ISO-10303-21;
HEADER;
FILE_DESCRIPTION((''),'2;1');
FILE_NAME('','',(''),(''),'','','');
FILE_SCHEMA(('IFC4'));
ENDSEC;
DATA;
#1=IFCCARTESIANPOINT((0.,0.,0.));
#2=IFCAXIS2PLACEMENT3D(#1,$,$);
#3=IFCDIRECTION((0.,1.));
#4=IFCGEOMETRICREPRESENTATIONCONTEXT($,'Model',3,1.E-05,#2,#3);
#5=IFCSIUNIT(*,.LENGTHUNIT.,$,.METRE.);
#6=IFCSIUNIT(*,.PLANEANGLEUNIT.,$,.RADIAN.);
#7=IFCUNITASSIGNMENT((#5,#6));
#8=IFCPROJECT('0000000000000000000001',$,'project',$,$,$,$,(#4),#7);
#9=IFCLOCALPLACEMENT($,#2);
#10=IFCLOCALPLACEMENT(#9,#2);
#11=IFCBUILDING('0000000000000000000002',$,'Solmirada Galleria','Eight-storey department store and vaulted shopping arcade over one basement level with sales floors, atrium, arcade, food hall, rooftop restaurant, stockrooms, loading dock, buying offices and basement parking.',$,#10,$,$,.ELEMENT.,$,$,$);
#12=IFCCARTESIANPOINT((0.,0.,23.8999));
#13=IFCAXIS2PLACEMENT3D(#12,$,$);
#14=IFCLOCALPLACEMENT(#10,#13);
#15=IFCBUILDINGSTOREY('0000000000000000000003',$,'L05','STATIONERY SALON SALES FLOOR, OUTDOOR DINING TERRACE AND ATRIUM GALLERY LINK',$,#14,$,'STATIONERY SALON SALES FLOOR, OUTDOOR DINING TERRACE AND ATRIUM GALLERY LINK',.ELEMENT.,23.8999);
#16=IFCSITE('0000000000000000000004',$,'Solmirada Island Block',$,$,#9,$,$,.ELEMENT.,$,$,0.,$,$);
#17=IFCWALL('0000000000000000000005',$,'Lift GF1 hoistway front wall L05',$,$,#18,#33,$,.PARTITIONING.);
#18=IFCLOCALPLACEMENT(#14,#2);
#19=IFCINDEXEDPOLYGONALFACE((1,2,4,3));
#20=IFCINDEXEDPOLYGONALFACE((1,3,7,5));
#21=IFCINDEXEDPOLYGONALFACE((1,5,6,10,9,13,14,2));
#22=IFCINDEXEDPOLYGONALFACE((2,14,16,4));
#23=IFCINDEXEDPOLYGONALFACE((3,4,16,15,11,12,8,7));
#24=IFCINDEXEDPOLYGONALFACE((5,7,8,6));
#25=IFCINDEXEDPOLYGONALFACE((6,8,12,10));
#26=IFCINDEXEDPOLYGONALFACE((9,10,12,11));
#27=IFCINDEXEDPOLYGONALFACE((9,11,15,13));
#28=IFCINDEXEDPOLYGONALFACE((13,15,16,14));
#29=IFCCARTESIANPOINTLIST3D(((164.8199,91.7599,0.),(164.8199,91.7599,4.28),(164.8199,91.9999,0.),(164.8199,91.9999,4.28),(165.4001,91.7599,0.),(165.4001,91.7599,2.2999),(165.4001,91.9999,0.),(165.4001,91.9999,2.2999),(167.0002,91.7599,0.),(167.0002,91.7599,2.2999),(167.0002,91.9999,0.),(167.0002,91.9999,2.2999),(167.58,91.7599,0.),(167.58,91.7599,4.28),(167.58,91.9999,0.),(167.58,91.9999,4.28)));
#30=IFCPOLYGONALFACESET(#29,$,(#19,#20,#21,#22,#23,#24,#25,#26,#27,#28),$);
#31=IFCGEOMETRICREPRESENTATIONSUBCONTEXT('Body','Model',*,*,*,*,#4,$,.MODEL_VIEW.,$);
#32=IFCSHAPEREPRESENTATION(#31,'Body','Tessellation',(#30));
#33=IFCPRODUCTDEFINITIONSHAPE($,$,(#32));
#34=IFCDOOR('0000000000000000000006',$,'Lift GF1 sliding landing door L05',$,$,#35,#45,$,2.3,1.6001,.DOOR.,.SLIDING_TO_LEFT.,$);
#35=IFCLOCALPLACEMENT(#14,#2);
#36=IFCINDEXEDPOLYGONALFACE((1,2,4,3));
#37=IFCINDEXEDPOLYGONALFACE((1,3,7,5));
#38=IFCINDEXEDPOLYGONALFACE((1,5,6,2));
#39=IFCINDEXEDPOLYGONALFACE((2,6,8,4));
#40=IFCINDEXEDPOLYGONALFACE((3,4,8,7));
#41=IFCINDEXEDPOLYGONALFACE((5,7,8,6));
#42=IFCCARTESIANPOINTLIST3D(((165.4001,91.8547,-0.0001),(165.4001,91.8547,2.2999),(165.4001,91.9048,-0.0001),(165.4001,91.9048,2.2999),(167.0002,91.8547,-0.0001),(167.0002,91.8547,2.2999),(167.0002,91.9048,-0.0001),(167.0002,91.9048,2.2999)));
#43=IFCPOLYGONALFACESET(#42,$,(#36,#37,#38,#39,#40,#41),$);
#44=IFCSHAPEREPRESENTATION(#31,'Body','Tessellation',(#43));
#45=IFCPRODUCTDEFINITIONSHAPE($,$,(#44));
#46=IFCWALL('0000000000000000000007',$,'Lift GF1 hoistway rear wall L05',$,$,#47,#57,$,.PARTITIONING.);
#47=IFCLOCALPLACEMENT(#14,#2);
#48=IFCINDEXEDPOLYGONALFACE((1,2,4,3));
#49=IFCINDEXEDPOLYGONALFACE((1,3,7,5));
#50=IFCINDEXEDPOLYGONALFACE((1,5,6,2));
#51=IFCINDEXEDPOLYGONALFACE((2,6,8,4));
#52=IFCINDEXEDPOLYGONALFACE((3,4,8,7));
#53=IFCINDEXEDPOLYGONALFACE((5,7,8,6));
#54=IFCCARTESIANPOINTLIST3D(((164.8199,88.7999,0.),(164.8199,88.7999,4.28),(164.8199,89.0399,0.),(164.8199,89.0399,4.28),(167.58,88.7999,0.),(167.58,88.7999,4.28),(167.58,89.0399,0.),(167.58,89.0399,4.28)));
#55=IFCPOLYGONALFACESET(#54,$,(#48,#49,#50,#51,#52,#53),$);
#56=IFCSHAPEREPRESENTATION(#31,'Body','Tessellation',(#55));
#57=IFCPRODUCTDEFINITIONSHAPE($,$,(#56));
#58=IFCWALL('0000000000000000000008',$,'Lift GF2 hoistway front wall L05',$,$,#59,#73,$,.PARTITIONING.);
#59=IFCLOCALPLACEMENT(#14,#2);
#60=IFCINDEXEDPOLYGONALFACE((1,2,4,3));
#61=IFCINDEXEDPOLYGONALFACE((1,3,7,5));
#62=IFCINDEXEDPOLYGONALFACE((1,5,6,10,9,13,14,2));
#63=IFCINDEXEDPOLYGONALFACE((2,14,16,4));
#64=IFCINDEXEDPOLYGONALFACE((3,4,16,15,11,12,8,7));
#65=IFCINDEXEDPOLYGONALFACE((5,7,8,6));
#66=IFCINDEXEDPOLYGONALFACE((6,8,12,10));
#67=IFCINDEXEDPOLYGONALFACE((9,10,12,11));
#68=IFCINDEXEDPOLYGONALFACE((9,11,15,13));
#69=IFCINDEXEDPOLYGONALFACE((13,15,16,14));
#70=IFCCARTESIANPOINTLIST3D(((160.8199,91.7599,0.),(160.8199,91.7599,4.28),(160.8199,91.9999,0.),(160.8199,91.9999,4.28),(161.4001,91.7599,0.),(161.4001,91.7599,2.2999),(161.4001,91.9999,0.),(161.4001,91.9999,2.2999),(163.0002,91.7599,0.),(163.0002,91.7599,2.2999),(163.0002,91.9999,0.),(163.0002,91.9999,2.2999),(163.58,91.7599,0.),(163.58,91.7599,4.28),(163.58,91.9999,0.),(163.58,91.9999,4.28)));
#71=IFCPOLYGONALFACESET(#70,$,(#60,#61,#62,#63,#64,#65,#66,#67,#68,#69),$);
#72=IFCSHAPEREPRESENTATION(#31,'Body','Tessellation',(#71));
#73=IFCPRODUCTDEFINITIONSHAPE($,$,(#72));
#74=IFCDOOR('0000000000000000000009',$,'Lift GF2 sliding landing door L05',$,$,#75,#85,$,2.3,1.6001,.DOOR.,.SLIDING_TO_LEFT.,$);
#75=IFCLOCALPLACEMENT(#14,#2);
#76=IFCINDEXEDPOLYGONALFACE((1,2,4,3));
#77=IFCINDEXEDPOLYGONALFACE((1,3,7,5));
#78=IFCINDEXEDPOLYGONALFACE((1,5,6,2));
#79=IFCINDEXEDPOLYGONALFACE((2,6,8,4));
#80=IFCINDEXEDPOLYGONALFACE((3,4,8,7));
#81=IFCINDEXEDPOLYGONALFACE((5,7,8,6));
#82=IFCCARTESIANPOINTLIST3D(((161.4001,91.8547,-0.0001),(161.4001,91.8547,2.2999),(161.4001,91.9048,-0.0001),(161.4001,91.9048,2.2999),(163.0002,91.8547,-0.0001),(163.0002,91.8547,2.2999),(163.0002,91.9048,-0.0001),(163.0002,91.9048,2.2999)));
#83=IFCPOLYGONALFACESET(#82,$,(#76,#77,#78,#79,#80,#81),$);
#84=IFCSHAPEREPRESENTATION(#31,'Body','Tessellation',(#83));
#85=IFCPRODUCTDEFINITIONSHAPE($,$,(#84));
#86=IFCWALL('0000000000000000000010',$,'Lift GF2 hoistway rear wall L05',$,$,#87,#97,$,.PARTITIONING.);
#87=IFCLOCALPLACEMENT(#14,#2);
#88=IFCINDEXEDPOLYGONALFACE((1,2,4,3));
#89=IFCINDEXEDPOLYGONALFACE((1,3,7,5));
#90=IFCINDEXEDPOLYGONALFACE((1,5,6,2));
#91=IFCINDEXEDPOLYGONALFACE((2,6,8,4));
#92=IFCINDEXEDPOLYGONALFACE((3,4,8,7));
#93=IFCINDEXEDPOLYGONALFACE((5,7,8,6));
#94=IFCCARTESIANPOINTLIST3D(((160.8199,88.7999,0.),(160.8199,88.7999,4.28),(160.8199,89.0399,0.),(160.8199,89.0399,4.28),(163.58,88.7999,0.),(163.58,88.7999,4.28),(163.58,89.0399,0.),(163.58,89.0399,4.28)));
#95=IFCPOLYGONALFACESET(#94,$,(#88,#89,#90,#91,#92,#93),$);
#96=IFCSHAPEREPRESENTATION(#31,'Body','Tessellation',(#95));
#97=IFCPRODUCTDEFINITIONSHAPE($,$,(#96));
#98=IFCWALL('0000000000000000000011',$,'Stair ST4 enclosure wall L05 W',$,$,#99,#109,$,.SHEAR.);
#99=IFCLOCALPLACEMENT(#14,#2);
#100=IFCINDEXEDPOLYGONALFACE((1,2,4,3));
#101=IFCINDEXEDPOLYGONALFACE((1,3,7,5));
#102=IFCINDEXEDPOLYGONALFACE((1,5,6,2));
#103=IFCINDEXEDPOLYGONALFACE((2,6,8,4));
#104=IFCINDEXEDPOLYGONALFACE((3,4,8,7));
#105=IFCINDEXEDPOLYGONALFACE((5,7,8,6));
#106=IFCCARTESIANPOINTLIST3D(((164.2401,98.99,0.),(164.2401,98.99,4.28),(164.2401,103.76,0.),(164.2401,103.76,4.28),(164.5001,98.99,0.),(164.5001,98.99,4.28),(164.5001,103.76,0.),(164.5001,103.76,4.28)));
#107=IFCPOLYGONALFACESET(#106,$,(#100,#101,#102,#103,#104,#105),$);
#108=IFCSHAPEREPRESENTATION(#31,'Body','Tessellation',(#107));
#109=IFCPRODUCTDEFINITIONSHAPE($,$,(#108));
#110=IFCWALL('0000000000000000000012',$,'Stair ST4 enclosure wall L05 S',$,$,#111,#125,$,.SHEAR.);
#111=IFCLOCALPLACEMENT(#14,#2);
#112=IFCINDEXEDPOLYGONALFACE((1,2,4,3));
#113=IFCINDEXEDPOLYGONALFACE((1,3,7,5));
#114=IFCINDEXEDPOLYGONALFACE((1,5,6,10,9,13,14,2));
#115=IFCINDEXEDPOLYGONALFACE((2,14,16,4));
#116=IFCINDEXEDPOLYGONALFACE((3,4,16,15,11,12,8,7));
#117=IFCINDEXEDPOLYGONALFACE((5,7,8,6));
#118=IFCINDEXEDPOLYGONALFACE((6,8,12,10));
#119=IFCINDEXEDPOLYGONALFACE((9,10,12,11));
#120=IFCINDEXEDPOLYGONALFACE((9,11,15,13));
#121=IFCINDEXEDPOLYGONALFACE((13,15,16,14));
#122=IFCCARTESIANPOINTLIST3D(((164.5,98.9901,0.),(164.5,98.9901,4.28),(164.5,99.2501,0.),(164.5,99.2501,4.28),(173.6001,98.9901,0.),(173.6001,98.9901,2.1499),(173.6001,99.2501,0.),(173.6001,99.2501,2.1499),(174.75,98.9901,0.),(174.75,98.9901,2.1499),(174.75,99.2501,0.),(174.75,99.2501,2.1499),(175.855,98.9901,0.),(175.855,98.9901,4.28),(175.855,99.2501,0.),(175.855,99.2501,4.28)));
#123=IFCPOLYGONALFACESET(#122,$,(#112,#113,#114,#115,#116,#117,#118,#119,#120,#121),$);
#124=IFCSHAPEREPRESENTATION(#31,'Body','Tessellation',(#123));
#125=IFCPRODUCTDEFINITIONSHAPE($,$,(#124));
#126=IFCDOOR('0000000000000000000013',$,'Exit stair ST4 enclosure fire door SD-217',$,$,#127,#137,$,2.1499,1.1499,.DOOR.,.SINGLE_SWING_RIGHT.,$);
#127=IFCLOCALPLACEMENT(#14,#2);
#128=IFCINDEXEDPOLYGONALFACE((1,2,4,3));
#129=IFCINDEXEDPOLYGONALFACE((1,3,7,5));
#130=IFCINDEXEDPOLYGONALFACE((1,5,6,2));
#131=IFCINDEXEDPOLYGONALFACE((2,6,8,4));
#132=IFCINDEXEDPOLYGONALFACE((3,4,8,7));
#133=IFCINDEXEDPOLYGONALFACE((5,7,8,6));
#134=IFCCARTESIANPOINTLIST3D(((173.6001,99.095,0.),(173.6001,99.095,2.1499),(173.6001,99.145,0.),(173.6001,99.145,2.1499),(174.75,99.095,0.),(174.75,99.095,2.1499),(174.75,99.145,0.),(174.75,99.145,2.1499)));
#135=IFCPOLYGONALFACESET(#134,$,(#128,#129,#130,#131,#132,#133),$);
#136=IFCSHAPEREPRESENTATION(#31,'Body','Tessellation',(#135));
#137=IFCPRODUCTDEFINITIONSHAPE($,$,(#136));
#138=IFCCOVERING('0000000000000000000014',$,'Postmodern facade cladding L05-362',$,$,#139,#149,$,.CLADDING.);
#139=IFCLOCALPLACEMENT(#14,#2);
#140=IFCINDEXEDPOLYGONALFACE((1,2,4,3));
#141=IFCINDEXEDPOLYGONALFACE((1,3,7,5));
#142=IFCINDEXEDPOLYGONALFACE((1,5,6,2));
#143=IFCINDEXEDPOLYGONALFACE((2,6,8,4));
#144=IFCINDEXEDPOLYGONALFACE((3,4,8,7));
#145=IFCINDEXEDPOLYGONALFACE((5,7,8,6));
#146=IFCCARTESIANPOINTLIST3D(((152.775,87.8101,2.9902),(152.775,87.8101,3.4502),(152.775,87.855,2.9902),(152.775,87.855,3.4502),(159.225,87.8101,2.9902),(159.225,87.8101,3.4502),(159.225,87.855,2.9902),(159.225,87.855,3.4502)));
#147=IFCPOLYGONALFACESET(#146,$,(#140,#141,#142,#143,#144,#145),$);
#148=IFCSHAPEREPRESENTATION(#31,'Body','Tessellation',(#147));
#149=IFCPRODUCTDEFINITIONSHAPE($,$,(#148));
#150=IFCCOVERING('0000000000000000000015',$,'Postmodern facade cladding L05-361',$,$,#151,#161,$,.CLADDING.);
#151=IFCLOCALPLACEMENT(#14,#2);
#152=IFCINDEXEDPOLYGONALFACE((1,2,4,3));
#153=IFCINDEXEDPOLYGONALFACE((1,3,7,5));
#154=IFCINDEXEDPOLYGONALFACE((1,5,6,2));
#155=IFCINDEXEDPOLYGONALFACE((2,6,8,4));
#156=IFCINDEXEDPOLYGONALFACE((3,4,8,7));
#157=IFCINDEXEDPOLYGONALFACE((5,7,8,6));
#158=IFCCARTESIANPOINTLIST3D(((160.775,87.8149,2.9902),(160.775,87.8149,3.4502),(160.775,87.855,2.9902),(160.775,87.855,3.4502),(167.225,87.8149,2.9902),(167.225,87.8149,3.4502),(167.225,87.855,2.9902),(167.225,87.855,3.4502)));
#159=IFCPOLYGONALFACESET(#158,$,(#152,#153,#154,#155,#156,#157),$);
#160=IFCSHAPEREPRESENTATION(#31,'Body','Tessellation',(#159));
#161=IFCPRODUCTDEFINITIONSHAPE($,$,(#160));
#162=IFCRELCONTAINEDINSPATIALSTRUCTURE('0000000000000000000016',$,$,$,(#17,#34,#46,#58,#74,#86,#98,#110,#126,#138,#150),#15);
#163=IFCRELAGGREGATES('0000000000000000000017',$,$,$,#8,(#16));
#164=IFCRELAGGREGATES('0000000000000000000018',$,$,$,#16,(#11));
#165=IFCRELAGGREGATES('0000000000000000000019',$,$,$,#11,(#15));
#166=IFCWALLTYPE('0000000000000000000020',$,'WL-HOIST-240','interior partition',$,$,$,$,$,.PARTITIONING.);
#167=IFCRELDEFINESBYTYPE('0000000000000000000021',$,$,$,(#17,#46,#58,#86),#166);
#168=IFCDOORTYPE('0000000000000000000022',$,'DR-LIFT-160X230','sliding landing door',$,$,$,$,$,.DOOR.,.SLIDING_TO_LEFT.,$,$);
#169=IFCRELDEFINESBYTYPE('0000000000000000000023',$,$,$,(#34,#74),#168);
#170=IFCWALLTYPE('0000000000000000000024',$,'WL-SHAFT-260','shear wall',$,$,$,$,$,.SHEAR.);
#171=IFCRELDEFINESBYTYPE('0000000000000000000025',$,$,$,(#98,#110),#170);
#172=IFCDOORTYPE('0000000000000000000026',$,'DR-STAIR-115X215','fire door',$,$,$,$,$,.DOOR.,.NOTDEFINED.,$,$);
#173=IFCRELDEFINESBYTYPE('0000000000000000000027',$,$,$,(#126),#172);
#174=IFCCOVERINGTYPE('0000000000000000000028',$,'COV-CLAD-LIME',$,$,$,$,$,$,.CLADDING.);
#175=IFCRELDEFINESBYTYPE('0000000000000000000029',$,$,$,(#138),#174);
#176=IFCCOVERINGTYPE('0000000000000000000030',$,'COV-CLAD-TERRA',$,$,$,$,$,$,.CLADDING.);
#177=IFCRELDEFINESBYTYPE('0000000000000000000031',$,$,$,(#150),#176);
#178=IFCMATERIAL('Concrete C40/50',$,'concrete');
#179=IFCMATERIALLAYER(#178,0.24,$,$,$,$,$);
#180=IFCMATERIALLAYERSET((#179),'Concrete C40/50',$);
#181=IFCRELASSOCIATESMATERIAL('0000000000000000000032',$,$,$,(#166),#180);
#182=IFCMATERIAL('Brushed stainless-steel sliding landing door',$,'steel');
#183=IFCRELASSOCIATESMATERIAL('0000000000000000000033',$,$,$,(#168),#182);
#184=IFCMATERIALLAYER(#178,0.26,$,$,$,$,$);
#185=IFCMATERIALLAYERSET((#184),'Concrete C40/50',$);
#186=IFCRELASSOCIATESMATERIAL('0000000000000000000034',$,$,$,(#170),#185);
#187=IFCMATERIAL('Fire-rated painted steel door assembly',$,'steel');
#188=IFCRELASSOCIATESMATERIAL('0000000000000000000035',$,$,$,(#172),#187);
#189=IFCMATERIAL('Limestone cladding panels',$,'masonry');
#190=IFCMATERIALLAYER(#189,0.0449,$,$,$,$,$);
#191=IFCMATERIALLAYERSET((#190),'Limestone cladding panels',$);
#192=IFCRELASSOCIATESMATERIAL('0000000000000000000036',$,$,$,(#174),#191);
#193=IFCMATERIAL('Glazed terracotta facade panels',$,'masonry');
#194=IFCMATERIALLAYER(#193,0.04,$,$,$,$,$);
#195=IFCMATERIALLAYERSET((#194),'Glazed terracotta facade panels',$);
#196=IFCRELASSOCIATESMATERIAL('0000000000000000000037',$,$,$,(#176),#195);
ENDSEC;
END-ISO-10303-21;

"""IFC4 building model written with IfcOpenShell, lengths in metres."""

from ifc_helpers import new_model, si_unit, direction, frame, frame_2d, origin, origin_2d, place, context, subcontext, project, spatial, rectangle, extrude, material, layer, layer_set, type_object, element, fill, save


model = new_model("IFC4")

# Units and contexts
model_context = context("Model", 3, precision=1e-05, world=origin(), true_north=direction((0.0, 1.0)))
body_context = subcontext(model_context, "Body", "Model", "MODEL_VIEW")
ifc_project = project(units=[si_unit("LENGTHUNIT", "METRE"), si_unit("PLANEANGLEUNIT", "RADIAN")], contexts=[model_context])

# Site, building, storey
site_placement = place(None, origin())
site = spatial("IfcSite", under=ifc_project, at=site_placement, Name="Solmirada Island Block", CompositionType="ELEMENT", RefElevation=0.0)
building_placement = place(site_placement, origin())
building = spatial("IfcBuilding", under=site, at=building_placement, Name="Solmirada Galleria", Description="Eight-storey department store and vaulted shopping arcade over one basement level with sales floors, atrium, arcade, food hall, rooftop restaurant, stockrooms, loading dock, buying offices and basement parking.", CompositionType="ELEMENT")
storey_placement = place(building_placement, frame((0.0, 0.0, 23.8999)))
storey = spatial("IfcBuildingStorey", under=building, at=storey_placement, Name="L05", Description="STATIONERY SALON SALES FLOOR, OUTDOOR DINING TERRACE AND ATRIUM GALLERY LINK", LongName="STATIONERY SALON SALES FLOOR, OUTDOOR DINING TERRACE AND ATRIUM GALLERY LINK", CompositionType="ELEMENT", Elevation=23.8999)

# Shared definitions
ifc_material_1 = material(Name="Concrete C40/50", Category="concrete")

# Wall, opening, door
ifc_layer_1 = layer(ifc_material_1, 0.24)
ifc_layer_set_1 = layer_set([ifc_layer_1], Name="Concrete C40/50")
wall_type_1 = type_object("IfcWallType", Name="WL-HOIST-240", Description="interior partition", PredefinedType="PARTITIONING", material=ifc_layer_set_1)
wall_1_placement = place(storey_placement, frame((164.8201, 91.8799, 0.0), z_axis=(0.0, 0.0, 1.0), x_axis=(1.0, 0.0, 0.0)))
wall_1 = element("IfcWall", 1, at=wall_1_placement, inside=storey, type_object=wall_type_1, Name="Lift GF1 hoistway front wall L05", PredefinedType="PARTITIONING", context=body_context, shape_type="SweptSolid", body=[
    extrude(rectangle(XDim=2.76, YDim=0.24, at=frame_2d((1.3799, 0.0))), origin(), (0.0, 0.0, 1.0), 4.28),
])
opening_1_placement = place(wall_1_placement, frame((0.5801, 0.0, 0.0)))
opening_1 = element("IfcOpeningElement", 2, at=opening_1_placement, cuts=wall_1, PredefinedType="OPENING", context=body_context, shape_type="SweptSolid", body=[
    extrude(rectangle(XDim=1.6001, YDim=2.3, at=frame_2d((0.8, 1.1499))), frame((0.0, 0.1299, 0.0), z_axis=(0.0, -1.0, 0.0), x_axis=(1.0, 0.0, 0.0)), (0.0, 0.0, 1.0), 0.26),
])
ifc_material_2 = material(Name="Brushed stainless-steel sliding landing door", Category="steel")
door_type_1 = type_object("IfcDoorType", Name="DR-LIFT-160X230", Description="sliding landing door", OperationType="SLIDING_TO_LEFT", PredefinedType="DOOR", material=ifc_material_2)
door_1_placement = place(opening_1_placement, origin())
door_1 = element("IfcDoor", 3, at=door_1_placement, inside=storey, type_object=door_type_1, Name="Lift GF1 sliding landing door L05", OperationType="SLIDING_TO_LEFT", OverallHeight=2.3, OverallWidth=1.6001, PredefinedType="DOOR", context=body_context, shape_type="SweptSolid", body=[
    extrude(rectangle(XDim=1.6001, YDim=2.3, at=frame_2d((0.8, 1.1499))), frame((0.0, 0.0249, 0.0), z_axis=(0.0, -1.0, 0.0), x_axis=(1.0, 0.0, 0.0)), (0.0, 0.0, 1.0), 0.05),
])
fill(opening_1, door_1)

# Wall
wall_2_placement = place(storey_placement, frame((164.8201, 88.9199, 0.0), z_axis=(0.0, 0.0, 1.0), x_axis=(1.0, 0.0, 0.0)))
element("IfcWall", 4, at=wall_2_placement, inside=storey, type_object=wall_type_1, Name="Lift GF1 hoistway rear wall L05", PredefinedType="PARTITIONING", context=body_context, shape_type="SweptSolid", body=[
    extrude(rectangle(XDim=2.76, YDim=0.24, at=frame_2d((1.3799, 0.0))), origin(), (0.0, 0.0, 1.0), 4.28),
])

# Wall, opening, door
wall_3_placement = place(storey_placement, frame((160.8201, 91.8799, 0.0), z_axis=(0.0, 0.0, 1.0), x_axis=(1.0, 0.0, 0.0)))
wall_3 = element("IfcWall", 5, at=wall_3_placement, inside=storey, type_object=wall_type_1, Name="Lift GF2 hoistway front wall L05", PredefinedType="PARTITIONING", context=body_context, shape_type="SweptSolid", body=[
    extrude(rectangle(XDim=2.76, YDim=0.24, at=frame_2d((1.3799, 0.0))), origin(), (0.0, 0.0, 1.0), 4.28),
])
opening_2_placement = place(wall_3_placement, frame((0.5801, 0.0, 0.0)))
opening_2 = element("IfcOpeningElement", 6, at=opening_2_placement, cuts=wall_3, PredefinedType="OPENING", context=body_context, shape_type="SweptSolid", body=[
    extrude(rectangle(XDim=1.6001, YDim=2.3, at=frame_2d((0.8, 1.1499))), frame((0.0, 0.1299, 0.0), z_axis=(0.0, -1.0, 0.0), x_axis=(1.0, 0.0, 0.0)), (0.0, 0.0, 1.0), 0.26),
])
door_2_placement = place(opening_2_placement, origin())
door_2 = element("IfcDoor", 7, at=door_2_placement, inside=storey, type_object=door_type_1, Name="Lift GF2 sliding landing door L05", OperationType="SLIDING_TO_LEFT", OverallHeight=2.3, OverallWidth=1.6001, PredefinedType="DOOR", context=body_context, shape_type="SweptSolid", body=[
    extrude(rectangle(XDim=1.6001, YDim=2.3, at=frame_2d((0.8, 1.1499))), frame((0.0, 0.0249, 0.0), z_axis=(0.0, -1.0, 0.0), x_axis=(1.0, 0.0, 0.0)), (0.0, 0.0, 1.0), 0.05),
])
fill(opening_2, door_2)

# Walls
wall_4_placement = place(storey_placement, frame((160.8201, 88.9199, 0.0), z_axis=(0.0, 0.0, 1.0), x_axis=(1.0, 0.0, 0.0)))
element("IfcWall", 8, at=wall_4_placement, inside=storey, type_object=wall_type_1, Name="Lift GF2 hoistway rear wall L05", PredefinedType="PARTITIONING", context=body_context, shape_type="SweptSolid", body=[
    extrude(rectangle(XDim=2.76, YDim=0.24, at=frame_2d((1.3799, 0.0))), origin(), (0.0, 0.0, 1.0), 4.28),
])
ifc_layer_2 = layer(ifc_material_1, 0.26)
ifc_layer_set_2 = layer_set([ifc_layer_2], Name="Concrete C40/50")
wall_type_2 = type_object("IfcWallType", Name="WL-SHAFT-260", Description="shear wall", PredefinedType="SHEAR", material=ifc_layer_set_2)
wall_5_placement = place(storey_placement, frame((164.3701, 98.99, 0.0), z_axis=(0.0, 0.0, 1.0), x_axis=(0.0, 1.0, 0.0)))
element("IfcWall", 9, at=wall_5_placement, inside=storey, type_object=wall_type_2, Name="Stair ST4 enclosure wall L05 W", PredefinedType="SHEAR", context=body_context, shape_type="SweptSolid", body=[
    extrude(rectangle(XDim=4.77, YDim=0.26, at=frame_2d((2.385, 0.0))), origin(), (0.0, 0.0, 1.0), 4.28),
])

# Wall, opening, door
wall_6_placement = place(storey_placement, frame((164.5, 99.1201, 0.0), z_axis=(0.0, 0.0, 1.0), x_axis=(1.0, 0.0, 0.0)))
wall_6 = element("IfcWall", 10, at=wall_6_placement, inside=storey, type_object=wall_type_2, Name="Stair ST4 enclosure wall L05 S", PredefinedType="SHEAR", context=body_context, shape_type="SweptSolid", body=[
    extrude(rectangle(XDim=11.355, YDim=0.26, at=frame_2d((5.6775, 0.0))), origin(), (0.0, 0.0, 1.0), 4.28),
])
opening_3_placement = place(wall_6_placement, frame((9.1001, 0.0, 0.0)))
opening_3 = element("IfcOpeningElement", 11, at=opening_3_placement, cuts=wall_6, PredefinedType="OPENING", context=body_context, shape_type="SweptSolid", body=[
    extrude(rectangle(XDim=1.1499, YDim=2.1499, at=frame_2d((0.575, 1.075))), frame((0.0, 0.1399, 0.0), z_axis=(0.0, -1.0, 0.0), x_axis=(1.0, 0.0, 0.0)), (0.0, 0.0, 1.0), 0.28),
])
ifc_material_3 = material(Name="Fire-rated painted steel door assembly", Category="steel")
door_type_2 = type_object("IfcDoorType", Name="DR-STAIR-115X215", Description="fire door", OperationType="NOTDEFINED", PredefinedType="DOOR", material=ifc_material_3)
door_3_placement = place(opening_3_placement, origin())
door_3 = element("IfcDoor", 12, at=door_3_placement, inside=storey, type_object=door_type_2, Name="Exit stair ST4 enclosure fire door SD-217", OperationType="SINGLE_SWING_RIGHT", OverallHeight=2.1499, OverallWidth=1.1499, PredefinedType="DOOR", context=body_context, shape_type="SweptSolid", body=[
    extrude(rectangle(XDim=1.1499, YDim=2.1499, at=frame_2d((0.575, 1.075))), frame((0.0, 0.0249, 0.0), z_axis=(0.0, -1.0, 0.0), x_axis=(1.0, 0.0, 0.0)), (0.0, 0.0, 1.0), 0.05),
])
fill(opening_3, door_3)

# Coverings
ifc_material_4 = material(Name="Limestone cladding panels", Category="masonry")
ifc_layer_3 = layer(ifc_material_4, 0.0449)
ifc_layer_set_3 = layer_set([ifc_layer_3], Name="Limestone cladding panels")
covering_type_1 = type_object("IfcCoveringType", Name="COV-CLAD-LIME", PredefinedType="CLADDING", material=ifc_layer_set_3)
covering_1_placement = place(storey_placement, frame((156.0, 87.8325, 2.9902), z_axis=(0.0, 0.0, 1.0), x_axis=(-1.0, 0.0, 0.0)))
element("IfcCovering", 13, at=covering_1_placement, inside=storey, type_object=covering_type_1, Name="Postmodern facade cladding L05-362", PredefinedType="CLADDING", context=body_context, shape_type="SweptSolid", body=[
    extrude(rectangle(XDim=6.45, YDim=0.0449, at=origin_2d()), origin(), (0.0, 0.0, 1.0), 0.46),
])
ifc_material_5 = material(Name="Glazed terracotta facade panels", Category="masonry")
ifc_layer_4 = layer(ifc_material_5, 0.04)
ifc_layer_set_4 = layer_set([ifc_layer_4], Name="Glazed terracotta facade panels")
covering_type_2 = type_object("IfcCoveringType", Name="COV-CLAD-TERRA", PredefinedType="CLADDING", material=ifc_layer_set_4)
covering_2_placement = place(storey_placement, frame((164.0, 87.835, 2.9902), z_axis=(0.0, 0.0, 1.0), x_axis=(-1.0, 0.0, 0.0)))
element("IfcCovering", 14, at=covering_2_placement, inside=storey, type_object=covering_type_2, Name="Postmodern facade cladding L05-361", PredefinedType="CLADDING", context=body_context, shape_type="SweptSolid", body=[
    extrude(rectangle(XDim=6.45, YDim=0.04, at=origin_2d()), origin(), (0.0, 0.0, 1.0), 0.46),
])

save(model, "model.ifc")
